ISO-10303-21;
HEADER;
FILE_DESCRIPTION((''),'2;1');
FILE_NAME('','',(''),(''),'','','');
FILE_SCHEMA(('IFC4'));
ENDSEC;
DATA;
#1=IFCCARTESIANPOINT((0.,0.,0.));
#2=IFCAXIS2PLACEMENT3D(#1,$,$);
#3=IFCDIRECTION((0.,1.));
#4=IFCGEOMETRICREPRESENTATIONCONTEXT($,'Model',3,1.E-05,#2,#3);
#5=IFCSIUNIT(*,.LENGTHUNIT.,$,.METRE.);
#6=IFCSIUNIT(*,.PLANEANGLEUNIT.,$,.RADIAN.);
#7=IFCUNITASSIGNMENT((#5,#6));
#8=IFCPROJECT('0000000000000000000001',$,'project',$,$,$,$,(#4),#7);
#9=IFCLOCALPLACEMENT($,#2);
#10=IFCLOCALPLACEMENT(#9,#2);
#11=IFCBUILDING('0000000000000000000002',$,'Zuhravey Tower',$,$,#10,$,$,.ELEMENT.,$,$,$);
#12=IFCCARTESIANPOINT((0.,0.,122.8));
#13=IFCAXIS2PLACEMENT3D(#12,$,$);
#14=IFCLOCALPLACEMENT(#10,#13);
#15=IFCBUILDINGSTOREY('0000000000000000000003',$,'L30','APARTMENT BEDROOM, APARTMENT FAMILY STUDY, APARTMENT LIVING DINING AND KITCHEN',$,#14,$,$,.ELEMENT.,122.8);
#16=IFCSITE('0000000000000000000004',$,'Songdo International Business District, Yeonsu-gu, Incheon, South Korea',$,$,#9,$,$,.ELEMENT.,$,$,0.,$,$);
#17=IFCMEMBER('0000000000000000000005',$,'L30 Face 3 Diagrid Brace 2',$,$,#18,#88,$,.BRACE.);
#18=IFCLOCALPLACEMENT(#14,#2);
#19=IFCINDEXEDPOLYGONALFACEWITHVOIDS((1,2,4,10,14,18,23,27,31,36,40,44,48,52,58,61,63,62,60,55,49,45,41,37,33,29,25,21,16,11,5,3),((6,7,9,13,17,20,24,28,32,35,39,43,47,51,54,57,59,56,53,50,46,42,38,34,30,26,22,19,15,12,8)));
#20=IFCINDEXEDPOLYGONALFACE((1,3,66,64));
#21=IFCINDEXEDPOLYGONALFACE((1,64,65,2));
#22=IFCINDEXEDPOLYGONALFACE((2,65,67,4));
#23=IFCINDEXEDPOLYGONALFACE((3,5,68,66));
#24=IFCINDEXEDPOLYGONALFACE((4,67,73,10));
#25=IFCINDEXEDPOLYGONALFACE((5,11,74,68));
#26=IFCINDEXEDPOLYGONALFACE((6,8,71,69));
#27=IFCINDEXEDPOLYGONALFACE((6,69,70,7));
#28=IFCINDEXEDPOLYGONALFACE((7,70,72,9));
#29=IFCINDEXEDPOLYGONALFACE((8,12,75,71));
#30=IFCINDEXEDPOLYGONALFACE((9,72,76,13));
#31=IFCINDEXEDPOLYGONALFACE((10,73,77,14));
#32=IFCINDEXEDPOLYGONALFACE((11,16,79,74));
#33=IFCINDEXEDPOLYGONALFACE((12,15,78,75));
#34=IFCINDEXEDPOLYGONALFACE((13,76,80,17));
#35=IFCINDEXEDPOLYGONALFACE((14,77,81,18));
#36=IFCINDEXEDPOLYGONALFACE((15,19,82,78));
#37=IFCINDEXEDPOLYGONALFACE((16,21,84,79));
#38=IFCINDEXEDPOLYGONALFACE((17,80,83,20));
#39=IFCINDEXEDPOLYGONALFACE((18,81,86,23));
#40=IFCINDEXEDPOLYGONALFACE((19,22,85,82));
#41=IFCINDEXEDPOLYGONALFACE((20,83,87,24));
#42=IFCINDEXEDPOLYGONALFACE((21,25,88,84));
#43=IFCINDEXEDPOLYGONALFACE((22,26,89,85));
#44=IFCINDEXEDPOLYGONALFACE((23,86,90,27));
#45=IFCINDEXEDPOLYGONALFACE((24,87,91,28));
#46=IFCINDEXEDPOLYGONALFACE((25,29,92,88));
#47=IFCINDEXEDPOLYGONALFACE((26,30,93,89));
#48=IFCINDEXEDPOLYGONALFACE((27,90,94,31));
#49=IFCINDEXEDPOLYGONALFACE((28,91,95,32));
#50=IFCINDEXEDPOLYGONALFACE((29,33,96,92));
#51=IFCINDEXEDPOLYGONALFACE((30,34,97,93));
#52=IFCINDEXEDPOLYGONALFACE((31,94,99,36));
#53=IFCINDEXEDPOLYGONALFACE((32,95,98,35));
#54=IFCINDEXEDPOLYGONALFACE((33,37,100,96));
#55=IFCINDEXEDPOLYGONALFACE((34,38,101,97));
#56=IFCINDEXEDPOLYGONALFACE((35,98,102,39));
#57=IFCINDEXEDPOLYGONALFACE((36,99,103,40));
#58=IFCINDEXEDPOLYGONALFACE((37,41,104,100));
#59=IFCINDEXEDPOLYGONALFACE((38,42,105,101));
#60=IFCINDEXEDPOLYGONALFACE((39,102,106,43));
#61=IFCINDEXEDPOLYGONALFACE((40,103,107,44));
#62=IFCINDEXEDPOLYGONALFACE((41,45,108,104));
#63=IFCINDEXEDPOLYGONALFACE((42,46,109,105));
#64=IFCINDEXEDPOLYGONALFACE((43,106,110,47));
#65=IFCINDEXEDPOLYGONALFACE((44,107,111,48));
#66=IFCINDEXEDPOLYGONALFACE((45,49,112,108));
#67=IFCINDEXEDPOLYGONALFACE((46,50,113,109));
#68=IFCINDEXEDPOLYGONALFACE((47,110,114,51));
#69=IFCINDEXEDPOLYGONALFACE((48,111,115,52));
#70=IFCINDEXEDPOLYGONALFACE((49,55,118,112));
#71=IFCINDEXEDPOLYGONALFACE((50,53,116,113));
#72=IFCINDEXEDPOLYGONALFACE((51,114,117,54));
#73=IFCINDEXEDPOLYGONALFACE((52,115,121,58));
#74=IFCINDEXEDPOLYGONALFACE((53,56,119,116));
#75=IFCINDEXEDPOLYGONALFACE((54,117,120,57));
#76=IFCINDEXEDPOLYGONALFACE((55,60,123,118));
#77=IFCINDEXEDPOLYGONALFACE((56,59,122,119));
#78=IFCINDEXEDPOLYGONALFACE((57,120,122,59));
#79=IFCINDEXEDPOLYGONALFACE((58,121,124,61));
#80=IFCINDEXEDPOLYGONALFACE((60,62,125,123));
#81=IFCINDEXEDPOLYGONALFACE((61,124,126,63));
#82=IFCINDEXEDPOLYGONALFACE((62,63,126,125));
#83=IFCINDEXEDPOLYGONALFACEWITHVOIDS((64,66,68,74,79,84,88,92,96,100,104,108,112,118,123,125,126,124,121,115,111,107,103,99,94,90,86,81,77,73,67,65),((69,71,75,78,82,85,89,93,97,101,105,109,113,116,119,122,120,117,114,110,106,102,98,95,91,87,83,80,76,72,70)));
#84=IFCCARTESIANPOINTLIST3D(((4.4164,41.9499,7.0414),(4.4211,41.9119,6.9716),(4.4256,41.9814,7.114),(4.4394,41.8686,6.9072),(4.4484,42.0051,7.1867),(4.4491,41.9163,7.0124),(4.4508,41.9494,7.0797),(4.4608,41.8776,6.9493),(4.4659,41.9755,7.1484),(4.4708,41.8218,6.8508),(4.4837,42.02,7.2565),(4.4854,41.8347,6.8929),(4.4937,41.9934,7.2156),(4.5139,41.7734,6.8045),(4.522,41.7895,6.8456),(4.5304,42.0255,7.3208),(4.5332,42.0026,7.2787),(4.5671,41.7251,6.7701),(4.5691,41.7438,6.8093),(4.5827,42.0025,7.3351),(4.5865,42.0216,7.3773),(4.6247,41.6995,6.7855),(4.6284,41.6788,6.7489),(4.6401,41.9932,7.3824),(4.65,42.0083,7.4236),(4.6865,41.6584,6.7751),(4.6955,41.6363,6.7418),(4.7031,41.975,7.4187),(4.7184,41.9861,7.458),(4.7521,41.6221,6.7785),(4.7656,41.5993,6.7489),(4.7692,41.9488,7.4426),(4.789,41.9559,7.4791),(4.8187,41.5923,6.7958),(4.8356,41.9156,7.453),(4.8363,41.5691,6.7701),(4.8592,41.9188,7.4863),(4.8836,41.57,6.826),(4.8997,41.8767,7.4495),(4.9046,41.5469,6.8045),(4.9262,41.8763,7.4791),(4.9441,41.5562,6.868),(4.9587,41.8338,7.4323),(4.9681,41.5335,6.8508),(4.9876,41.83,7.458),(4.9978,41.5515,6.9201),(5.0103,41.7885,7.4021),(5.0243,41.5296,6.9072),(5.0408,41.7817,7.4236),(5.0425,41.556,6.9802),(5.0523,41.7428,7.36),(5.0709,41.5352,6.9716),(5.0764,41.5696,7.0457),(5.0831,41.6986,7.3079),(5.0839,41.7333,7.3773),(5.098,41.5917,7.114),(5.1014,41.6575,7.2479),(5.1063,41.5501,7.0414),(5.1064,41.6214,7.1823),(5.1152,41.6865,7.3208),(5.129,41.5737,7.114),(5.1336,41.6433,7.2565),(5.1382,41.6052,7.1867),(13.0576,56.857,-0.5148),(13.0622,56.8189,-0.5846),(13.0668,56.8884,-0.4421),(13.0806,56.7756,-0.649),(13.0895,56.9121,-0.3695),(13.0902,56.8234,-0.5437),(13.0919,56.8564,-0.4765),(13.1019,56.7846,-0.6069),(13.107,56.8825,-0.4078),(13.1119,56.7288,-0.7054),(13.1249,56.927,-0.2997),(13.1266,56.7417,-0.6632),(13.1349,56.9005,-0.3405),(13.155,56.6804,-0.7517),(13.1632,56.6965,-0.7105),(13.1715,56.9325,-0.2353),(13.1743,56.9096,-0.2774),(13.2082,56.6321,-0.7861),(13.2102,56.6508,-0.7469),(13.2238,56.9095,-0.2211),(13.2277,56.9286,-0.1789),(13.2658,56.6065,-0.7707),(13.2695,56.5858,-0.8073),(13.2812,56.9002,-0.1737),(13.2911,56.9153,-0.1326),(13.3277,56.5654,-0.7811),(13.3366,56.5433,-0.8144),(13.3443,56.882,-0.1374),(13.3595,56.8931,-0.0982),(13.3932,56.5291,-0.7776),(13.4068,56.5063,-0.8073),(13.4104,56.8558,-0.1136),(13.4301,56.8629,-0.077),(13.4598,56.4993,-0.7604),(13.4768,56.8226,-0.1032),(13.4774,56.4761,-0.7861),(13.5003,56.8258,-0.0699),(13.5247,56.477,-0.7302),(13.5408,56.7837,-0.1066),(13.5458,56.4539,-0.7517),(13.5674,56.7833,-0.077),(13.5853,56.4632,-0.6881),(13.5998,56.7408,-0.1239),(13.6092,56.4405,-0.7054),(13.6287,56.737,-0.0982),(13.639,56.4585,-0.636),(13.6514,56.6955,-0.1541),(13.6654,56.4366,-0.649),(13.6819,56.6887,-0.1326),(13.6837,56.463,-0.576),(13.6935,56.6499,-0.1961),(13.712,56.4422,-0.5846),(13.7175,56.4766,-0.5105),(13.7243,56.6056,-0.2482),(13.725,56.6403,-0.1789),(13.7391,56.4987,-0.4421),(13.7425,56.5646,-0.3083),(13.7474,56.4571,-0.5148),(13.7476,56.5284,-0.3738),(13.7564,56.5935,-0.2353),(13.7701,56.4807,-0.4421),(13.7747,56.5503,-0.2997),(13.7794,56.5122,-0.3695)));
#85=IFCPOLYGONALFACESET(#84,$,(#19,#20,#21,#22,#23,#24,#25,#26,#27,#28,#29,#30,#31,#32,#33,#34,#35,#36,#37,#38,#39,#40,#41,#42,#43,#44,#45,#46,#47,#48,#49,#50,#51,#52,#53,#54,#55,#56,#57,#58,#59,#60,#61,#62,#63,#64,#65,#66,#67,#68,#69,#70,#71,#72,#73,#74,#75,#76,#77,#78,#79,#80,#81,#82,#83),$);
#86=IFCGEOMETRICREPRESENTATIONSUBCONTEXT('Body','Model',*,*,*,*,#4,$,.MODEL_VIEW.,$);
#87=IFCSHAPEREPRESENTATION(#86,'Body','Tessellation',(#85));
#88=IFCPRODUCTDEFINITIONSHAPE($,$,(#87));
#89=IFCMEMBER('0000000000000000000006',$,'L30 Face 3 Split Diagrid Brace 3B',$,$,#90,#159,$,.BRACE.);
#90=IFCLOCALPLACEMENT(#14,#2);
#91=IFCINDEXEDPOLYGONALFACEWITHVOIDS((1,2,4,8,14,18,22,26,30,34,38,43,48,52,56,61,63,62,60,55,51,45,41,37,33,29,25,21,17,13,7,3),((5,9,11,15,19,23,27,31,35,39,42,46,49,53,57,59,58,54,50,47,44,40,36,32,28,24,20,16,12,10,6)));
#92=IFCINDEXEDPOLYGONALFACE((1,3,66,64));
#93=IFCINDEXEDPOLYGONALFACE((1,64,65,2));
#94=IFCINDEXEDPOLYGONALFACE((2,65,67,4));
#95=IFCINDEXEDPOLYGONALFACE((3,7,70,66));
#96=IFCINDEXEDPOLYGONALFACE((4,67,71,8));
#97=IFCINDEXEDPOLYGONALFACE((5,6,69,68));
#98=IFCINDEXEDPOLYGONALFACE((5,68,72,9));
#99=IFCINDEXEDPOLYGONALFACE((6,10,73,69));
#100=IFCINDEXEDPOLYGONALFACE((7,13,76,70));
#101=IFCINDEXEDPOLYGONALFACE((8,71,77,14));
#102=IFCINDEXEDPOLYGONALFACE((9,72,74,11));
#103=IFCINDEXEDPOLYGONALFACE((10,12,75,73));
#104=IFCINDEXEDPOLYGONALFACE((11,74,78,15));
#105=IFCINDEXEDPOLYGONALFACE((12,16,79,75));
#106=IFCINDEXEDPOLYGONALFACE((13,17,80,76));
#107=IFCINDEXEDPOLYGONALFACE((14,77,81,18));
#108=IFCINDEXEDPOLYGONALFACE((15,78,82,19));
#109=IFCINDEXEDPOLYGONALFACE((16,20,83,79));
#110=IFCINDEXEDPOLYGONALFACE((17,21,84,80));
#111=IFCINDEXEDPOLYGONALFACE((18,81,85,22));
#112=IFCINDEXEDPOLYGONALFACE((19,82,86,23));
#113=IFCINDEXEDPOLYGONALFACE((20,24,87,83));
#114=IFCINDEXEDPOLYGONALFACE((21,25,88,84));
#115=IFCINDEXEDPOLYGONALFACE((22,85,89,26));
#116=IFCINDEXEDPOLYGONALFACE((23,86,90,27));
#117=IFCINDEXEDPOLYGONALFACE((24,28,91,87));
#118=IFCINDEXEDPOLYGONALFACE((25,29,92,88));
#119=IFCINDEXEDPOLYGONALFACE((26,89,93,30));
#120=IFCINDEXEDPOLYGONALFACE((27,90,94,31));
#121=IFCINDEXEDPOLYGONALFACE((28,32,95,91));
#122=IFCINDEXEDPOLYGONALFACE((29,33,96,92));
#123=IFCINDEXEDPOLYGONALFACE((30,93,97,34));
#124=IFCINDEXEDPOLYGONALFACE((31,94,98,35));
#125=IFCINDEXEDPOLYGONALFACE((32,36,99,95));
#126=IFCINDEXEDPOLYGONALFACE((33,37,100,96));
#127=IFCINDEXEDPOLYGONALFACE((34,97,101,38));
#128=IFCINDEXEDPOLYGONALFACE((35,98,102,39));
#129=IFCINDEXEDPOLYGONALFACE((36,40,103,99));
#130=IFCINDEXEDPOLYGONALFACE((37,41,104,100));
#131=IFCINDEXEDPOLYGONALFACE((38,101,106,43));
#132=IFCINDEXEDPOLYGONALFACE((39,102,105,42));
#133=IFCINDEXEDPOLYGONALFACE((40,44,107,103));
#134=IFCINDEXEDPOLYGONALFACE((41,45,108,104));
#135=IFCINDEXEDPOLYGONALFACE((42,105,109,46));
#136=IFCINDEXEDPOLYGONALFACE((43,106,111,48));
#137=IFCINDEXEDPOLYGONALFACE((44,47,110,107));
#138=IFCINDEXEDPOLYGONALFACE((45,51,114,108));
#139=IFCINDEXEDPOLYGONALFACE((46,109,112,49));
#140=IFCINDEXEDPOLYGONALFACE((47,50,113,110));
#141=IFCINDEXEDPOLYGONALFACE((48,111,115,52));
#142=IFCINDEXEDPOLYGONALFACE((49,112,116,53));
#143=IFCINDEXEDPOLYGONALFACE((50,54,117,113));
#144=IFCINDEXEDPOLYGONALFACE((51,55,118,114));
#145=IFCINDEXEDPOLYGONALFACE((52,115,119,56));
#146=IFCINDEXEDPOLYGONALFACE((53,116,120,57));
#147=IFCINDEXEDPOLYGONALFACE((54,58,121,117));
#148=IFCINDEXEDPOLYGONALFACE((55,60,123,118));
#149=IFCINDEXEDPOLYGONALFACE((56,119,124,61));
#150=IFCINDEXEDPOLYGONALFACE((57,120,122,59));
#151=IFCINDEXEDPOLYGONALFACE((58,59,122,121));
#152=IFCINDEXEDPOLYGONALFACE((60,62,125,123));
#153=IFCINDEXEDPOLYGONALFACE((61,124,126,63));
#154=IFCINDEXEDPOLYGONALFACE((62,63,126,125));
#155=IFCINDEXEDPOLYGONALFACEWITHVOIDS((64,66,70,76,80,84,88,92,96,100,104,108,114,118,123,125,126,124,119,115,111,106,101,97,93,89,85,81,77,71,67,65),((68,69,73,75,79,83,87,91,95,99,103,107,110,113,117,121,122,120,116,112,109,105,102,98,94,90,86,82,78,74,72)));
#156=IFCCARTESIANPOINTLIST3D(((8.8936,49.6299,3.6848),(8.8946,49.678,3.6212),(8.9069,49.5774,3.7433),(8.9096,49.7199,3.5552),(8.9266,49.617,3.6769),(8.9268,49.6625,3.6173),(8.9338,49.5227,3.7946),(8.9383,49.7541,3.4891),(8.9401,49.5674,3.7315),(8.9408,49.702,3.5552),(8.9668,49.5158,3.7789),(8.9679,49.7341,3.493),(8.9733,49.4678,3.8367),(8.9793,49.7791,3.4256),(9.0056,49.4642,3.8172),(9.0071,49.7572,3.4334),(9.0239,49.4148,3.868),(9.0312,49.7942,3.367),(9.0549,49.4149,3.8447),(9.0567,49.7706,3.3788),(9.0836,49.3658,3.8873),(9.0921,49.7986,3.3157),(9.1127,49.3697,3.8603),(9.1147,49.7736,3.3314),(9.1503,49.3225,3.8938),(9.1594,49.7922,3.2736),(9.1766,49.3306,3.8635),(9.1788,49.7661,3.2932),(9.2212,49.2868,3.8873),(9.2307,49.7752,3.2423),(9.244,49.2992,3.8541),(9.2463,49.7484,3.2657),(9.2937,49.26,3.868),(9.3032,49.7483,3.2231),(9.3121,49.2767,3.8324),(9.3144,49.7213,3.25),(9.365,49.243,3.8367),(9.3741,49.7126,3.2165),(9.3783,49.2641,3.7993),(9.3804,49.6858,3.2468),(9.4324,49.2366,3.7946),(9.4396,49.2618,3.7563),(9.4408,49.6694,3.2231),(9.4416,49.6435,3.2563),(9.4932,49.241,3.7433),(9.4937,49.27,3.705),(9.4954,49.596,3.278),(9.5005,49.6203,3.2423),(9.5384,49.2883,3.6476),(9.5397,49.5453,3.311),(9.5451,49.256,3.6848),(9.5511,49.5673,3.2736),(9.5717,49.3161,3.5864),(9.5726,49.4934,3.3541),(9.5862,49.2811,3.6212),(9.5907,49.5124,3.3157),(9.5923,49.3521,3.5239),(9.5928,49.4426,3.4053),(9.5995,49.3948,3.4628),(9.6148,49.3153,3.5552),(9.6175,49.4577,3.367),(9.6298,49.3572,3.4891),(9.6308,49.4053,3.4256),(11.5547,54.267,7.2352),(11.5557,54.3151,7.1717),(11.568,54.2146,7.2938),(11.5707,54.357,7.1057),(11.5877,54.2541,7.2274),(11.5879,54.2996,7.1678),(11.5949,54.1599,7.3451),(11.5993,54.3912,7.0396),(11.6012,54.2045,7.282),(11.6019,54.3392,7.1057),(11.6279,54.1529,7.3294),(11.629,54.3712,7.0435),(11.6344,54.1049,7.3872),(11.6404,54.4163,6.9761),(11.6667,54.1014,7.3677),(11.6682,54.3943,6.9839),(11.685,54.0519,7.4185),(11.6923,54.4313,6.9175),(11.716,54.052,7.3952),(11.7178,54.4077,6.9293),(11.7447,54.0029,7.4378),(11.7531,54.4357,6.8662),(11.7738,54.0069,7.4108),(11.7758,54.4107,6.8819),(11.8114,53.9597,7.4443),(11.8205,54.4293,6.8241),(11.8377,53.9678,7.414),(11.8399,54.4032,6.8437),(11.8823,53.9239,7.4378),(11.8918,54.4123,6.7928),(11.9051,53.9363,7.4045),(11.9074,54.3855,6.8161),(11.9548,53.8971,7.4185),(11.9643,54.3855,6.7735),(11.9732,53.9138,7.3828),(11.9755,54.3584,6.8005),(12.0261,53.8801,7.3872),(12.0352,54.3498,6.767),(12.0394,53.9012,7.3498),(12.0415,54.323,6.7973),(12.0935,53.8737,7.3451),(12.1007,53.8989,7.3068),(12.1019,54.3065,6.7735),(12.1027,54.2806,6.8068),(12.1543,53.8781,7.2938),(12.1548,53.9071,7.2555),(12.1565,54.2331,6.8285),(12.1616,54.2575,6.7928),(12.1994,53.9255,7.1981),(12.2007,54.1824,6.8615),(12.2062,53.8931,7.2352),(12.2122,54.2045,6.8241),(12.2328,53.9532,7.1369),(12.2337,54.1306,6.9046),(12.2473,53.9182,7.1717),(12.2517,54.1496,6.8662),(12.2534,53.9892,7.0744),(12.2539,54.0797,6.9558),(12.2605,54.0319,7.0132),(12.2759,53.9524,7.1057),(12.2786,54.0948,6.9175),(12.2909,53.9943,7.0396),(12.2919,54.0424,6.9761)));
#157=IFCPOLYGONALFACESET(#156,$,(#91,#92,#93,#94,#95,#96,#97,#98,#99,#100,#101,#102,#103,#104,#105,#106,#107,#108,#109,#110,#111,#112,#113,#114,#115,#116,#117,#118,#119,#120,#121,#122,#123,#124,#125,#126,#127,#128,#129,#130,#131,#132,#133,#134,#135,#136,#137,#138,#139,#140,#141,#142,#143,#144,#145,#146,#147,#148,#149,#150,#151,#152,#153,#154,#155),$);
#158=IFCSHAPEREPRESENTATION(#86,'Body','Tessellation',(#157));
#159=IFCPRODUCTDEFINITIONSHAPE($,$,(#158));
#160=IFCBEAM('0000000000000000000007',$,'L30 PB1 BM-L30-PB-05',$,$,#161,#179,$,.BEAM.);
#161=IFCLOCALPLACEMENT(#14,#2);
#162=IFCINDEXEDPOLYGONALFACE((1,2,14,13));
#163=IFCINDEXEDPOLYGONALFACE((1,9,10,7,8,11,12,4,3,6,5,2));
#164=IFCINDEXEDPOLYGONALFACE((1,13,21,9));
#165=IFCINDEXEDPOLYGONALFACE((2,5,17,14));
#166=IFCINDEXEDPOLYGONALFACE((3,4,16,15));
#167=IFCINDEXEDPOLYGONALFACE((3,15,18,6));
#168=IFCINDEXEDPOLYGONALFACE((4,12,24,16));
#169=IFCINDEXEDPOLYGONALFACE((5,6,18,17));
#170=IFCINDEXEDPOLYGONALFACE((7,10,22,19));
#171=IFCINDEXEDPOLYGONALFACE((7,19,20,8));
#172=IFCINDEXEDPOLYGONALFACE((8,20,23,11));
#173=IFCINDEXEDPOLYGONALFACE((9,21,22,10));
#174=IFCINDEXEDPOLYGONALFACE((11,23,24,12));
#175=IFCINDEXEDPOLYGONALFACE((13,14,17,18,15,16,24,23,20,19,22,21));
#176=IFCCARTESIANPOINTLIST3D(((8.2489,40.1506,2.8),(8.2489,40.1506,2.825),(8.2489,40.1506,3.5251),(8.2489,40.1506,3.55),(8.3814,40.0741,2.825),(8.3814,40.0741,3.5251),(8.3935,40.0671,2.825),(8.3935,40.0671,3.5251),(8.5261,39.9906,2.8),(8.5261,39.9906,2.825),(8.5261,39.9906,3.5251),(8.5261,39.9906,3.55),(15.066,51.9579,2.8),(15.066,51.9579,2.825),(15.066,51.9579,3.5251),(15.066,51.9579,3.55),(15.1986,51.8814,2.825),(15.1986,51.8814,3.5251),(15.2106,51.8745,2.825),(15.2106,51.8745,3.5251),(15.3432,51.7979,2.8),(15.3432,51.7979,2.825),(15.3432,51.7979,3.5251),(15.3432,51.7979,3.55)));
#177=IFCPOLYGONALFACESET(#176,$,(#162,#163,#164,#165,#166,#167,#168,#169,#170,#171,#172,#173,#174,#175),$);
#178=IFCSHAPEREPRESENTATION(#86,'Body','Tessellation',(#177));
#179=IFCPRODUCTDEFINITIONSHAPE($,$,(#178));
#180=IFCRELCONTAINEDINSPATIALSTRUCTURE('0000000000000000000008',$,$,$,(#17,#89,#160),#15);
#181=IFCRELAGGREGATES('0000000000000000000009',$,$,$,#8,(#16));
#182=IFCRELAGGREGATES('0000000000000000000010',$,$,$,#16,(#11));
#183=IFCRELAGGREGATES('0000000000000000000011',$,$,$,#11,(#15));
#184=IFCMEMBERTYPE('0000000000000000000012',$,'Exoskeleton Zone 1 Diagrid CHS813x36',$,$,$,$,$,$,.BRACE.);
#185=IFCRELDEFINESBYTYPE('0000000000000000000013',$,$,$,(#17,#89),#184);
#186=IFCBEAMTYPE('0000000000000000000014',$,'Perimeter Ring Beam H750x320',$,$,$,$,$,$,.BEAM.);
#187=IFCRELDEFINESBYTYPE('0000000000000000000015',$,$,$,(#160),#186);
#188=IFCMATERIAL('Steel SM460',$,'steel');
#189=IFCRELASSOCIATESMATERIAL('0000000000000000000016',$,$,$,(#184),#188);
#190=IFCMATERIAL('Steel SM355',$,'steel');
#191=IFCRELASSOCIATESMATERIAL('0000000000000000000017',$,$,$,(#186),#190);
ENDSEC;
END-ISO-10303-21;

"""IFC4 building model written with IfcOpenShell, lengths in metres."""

from ifc_helpers import new_model, si_unit, direction, frame, origin, origin_2d, place, context, subcontext, project, spatial, hollow_circle, i_section, extrude, material, material_profile, profile_set, type_object, element, save


model = new_model("IFC4")

# Units and contexts
model_context = context("Model", 3, precision=1e-05, world=origin(), true_north=direction((0.0, 1.0)))
body_context = subcontext(model_context, "Body", "Model", "MODEL_VIEW")
ifc_project = project(units=[si_unit("LENGTHUNIT", "METRE"), si_unit("PLANEANGLEUNIT", "RADIAN")], contexts=[model_context])

# Site, building, storey
site_placement = place(None, origin())
site = spatial("IfcSite", under=ifc_project, at=site_placement, Name="Songdo International Business District, Yeonsu-gu, Incheon, South Korea", CompositionType="ELEMENT", RefElevation=0.0)
building_placement = place(site_placement, origin())
building = spatial("IfcBuilding", under=site, at=building_placement, Name="Zuhravey Tower", CompositionType="ELEMENT")
storey_placement = place(building_placement, frame((0.0, 0.0, 122.8)))
storey = spatial("IfcBuildingStorey", under=building, at=storey_placement, Name="L30", Description="APARTMENT BEDROOM, APARTMENT FAMILY STUDY, APARTMENT LIVING DINING AND KITCHEN", CompositionType="ELEMENT", Elevation=122.8)

# Members
ifc_material_1 = material(Name="Steel SM355", Category="steel")
ifc_material_2 = material(Name="Steel SM460", Category="steel")
ifc_material_profile_1 = material_profile(ifc_material_2, hollow_circle(Radius=0.4065, WallThickness=0.0359, at=origin_2d()), Name="CHS-812.8x36")
ifc_profile_set_1 = profile_set([ifc_material_profile_1], Name="Steel SM460")
member_type_1 = type_object("IfcMemberType", Name="Exoskeleton Zone 1 Diagrid CHS813x36", PredefinedType="BRACE", material=ifc_profile_set_1)
member_1_placement = place(storey_placement, frame((13.4185, 56.6846, -0.4421), z_axis=(-0.459281, -0.792317, 0.401615), x_axis=(0.865156, -0.501504, 0.0)))
element("IfcMember", 1, at=member_1_placement, inside=storey, type_object=member_type_1, Name="L30 Face 3 Diagrid Brace 2", PredefinedType="BRACE", context=body_context, shape_type="SweptSolid", body=[
    extrude(hollow_circle(Radius=0.4065, WallThickness=0.0359, at=origin_2d()), origin(), (0.0, 0.0, 1.0), 18.8145),
])
member_2_placement = place(storey_placement, frame((9.2622, 49.5176, 3.5552), z_axis=(0.414631, 0.722524, 0.553209), x_axis=(-0.867331, 0.497731, 0.0)))
element("IfcMember", 2, at=member_2_placement, inside=storey, type_object=member_type_1, Name="L30 Face 3 Split Diagrid Brace 3B", PredefinedType="BRACE", context=body_context, shape_type="SweptSolid", body=[
    extrude(hollow_circle(Radius=0.4065, WallThickness=0.0359, at=origin_2d()), origin(), (0.0, 0.0, 1.0), 6.418),
])

# Beam
ifc_material_profile_2 = material_profile(ifc_material_1, i_section(OverallWidth=0.3201, OverallDepth=0.75, WebThickness=0.0139, FlangeThickness=0.0249, at=origin_2d()), Name="H-750x320x14x25")
ifc_profile_set_2 = profile_set([ifc_material_profile_2], Name="Steel SM355")
beam_type_1 = type_object("IfcBeamType", Name="Perimeter Ring Beam H750x320", PredefinedType="BEAM", material=ifc_profile_set_2)
beam_1_placement = place(storey_placement, frame((15.2046, 51.8779, 3.175), z_axis=(-0.500008, -0.866021, 0.0), x_axis=(0.866021, -0.500008, 0.0)))
element("IfcBeam", 3, at=beam_1_placement, inside=storey, type_object=beam_type_1, Name="L30 PB1 BM-L30-PB-05", PredefinedType="BEAM", context=body_context, shape_type="SweptSolid", body=[
    extrude(i_section(OverallWidth=0.3201, OverallDepth=0.75, WebThickness=0.0139, FlangeThickness=0.0249, at=origin_2d()), origin(), (0.0, 0.0, 1.0), 13.634),
])

save(model, "model.ifc")
